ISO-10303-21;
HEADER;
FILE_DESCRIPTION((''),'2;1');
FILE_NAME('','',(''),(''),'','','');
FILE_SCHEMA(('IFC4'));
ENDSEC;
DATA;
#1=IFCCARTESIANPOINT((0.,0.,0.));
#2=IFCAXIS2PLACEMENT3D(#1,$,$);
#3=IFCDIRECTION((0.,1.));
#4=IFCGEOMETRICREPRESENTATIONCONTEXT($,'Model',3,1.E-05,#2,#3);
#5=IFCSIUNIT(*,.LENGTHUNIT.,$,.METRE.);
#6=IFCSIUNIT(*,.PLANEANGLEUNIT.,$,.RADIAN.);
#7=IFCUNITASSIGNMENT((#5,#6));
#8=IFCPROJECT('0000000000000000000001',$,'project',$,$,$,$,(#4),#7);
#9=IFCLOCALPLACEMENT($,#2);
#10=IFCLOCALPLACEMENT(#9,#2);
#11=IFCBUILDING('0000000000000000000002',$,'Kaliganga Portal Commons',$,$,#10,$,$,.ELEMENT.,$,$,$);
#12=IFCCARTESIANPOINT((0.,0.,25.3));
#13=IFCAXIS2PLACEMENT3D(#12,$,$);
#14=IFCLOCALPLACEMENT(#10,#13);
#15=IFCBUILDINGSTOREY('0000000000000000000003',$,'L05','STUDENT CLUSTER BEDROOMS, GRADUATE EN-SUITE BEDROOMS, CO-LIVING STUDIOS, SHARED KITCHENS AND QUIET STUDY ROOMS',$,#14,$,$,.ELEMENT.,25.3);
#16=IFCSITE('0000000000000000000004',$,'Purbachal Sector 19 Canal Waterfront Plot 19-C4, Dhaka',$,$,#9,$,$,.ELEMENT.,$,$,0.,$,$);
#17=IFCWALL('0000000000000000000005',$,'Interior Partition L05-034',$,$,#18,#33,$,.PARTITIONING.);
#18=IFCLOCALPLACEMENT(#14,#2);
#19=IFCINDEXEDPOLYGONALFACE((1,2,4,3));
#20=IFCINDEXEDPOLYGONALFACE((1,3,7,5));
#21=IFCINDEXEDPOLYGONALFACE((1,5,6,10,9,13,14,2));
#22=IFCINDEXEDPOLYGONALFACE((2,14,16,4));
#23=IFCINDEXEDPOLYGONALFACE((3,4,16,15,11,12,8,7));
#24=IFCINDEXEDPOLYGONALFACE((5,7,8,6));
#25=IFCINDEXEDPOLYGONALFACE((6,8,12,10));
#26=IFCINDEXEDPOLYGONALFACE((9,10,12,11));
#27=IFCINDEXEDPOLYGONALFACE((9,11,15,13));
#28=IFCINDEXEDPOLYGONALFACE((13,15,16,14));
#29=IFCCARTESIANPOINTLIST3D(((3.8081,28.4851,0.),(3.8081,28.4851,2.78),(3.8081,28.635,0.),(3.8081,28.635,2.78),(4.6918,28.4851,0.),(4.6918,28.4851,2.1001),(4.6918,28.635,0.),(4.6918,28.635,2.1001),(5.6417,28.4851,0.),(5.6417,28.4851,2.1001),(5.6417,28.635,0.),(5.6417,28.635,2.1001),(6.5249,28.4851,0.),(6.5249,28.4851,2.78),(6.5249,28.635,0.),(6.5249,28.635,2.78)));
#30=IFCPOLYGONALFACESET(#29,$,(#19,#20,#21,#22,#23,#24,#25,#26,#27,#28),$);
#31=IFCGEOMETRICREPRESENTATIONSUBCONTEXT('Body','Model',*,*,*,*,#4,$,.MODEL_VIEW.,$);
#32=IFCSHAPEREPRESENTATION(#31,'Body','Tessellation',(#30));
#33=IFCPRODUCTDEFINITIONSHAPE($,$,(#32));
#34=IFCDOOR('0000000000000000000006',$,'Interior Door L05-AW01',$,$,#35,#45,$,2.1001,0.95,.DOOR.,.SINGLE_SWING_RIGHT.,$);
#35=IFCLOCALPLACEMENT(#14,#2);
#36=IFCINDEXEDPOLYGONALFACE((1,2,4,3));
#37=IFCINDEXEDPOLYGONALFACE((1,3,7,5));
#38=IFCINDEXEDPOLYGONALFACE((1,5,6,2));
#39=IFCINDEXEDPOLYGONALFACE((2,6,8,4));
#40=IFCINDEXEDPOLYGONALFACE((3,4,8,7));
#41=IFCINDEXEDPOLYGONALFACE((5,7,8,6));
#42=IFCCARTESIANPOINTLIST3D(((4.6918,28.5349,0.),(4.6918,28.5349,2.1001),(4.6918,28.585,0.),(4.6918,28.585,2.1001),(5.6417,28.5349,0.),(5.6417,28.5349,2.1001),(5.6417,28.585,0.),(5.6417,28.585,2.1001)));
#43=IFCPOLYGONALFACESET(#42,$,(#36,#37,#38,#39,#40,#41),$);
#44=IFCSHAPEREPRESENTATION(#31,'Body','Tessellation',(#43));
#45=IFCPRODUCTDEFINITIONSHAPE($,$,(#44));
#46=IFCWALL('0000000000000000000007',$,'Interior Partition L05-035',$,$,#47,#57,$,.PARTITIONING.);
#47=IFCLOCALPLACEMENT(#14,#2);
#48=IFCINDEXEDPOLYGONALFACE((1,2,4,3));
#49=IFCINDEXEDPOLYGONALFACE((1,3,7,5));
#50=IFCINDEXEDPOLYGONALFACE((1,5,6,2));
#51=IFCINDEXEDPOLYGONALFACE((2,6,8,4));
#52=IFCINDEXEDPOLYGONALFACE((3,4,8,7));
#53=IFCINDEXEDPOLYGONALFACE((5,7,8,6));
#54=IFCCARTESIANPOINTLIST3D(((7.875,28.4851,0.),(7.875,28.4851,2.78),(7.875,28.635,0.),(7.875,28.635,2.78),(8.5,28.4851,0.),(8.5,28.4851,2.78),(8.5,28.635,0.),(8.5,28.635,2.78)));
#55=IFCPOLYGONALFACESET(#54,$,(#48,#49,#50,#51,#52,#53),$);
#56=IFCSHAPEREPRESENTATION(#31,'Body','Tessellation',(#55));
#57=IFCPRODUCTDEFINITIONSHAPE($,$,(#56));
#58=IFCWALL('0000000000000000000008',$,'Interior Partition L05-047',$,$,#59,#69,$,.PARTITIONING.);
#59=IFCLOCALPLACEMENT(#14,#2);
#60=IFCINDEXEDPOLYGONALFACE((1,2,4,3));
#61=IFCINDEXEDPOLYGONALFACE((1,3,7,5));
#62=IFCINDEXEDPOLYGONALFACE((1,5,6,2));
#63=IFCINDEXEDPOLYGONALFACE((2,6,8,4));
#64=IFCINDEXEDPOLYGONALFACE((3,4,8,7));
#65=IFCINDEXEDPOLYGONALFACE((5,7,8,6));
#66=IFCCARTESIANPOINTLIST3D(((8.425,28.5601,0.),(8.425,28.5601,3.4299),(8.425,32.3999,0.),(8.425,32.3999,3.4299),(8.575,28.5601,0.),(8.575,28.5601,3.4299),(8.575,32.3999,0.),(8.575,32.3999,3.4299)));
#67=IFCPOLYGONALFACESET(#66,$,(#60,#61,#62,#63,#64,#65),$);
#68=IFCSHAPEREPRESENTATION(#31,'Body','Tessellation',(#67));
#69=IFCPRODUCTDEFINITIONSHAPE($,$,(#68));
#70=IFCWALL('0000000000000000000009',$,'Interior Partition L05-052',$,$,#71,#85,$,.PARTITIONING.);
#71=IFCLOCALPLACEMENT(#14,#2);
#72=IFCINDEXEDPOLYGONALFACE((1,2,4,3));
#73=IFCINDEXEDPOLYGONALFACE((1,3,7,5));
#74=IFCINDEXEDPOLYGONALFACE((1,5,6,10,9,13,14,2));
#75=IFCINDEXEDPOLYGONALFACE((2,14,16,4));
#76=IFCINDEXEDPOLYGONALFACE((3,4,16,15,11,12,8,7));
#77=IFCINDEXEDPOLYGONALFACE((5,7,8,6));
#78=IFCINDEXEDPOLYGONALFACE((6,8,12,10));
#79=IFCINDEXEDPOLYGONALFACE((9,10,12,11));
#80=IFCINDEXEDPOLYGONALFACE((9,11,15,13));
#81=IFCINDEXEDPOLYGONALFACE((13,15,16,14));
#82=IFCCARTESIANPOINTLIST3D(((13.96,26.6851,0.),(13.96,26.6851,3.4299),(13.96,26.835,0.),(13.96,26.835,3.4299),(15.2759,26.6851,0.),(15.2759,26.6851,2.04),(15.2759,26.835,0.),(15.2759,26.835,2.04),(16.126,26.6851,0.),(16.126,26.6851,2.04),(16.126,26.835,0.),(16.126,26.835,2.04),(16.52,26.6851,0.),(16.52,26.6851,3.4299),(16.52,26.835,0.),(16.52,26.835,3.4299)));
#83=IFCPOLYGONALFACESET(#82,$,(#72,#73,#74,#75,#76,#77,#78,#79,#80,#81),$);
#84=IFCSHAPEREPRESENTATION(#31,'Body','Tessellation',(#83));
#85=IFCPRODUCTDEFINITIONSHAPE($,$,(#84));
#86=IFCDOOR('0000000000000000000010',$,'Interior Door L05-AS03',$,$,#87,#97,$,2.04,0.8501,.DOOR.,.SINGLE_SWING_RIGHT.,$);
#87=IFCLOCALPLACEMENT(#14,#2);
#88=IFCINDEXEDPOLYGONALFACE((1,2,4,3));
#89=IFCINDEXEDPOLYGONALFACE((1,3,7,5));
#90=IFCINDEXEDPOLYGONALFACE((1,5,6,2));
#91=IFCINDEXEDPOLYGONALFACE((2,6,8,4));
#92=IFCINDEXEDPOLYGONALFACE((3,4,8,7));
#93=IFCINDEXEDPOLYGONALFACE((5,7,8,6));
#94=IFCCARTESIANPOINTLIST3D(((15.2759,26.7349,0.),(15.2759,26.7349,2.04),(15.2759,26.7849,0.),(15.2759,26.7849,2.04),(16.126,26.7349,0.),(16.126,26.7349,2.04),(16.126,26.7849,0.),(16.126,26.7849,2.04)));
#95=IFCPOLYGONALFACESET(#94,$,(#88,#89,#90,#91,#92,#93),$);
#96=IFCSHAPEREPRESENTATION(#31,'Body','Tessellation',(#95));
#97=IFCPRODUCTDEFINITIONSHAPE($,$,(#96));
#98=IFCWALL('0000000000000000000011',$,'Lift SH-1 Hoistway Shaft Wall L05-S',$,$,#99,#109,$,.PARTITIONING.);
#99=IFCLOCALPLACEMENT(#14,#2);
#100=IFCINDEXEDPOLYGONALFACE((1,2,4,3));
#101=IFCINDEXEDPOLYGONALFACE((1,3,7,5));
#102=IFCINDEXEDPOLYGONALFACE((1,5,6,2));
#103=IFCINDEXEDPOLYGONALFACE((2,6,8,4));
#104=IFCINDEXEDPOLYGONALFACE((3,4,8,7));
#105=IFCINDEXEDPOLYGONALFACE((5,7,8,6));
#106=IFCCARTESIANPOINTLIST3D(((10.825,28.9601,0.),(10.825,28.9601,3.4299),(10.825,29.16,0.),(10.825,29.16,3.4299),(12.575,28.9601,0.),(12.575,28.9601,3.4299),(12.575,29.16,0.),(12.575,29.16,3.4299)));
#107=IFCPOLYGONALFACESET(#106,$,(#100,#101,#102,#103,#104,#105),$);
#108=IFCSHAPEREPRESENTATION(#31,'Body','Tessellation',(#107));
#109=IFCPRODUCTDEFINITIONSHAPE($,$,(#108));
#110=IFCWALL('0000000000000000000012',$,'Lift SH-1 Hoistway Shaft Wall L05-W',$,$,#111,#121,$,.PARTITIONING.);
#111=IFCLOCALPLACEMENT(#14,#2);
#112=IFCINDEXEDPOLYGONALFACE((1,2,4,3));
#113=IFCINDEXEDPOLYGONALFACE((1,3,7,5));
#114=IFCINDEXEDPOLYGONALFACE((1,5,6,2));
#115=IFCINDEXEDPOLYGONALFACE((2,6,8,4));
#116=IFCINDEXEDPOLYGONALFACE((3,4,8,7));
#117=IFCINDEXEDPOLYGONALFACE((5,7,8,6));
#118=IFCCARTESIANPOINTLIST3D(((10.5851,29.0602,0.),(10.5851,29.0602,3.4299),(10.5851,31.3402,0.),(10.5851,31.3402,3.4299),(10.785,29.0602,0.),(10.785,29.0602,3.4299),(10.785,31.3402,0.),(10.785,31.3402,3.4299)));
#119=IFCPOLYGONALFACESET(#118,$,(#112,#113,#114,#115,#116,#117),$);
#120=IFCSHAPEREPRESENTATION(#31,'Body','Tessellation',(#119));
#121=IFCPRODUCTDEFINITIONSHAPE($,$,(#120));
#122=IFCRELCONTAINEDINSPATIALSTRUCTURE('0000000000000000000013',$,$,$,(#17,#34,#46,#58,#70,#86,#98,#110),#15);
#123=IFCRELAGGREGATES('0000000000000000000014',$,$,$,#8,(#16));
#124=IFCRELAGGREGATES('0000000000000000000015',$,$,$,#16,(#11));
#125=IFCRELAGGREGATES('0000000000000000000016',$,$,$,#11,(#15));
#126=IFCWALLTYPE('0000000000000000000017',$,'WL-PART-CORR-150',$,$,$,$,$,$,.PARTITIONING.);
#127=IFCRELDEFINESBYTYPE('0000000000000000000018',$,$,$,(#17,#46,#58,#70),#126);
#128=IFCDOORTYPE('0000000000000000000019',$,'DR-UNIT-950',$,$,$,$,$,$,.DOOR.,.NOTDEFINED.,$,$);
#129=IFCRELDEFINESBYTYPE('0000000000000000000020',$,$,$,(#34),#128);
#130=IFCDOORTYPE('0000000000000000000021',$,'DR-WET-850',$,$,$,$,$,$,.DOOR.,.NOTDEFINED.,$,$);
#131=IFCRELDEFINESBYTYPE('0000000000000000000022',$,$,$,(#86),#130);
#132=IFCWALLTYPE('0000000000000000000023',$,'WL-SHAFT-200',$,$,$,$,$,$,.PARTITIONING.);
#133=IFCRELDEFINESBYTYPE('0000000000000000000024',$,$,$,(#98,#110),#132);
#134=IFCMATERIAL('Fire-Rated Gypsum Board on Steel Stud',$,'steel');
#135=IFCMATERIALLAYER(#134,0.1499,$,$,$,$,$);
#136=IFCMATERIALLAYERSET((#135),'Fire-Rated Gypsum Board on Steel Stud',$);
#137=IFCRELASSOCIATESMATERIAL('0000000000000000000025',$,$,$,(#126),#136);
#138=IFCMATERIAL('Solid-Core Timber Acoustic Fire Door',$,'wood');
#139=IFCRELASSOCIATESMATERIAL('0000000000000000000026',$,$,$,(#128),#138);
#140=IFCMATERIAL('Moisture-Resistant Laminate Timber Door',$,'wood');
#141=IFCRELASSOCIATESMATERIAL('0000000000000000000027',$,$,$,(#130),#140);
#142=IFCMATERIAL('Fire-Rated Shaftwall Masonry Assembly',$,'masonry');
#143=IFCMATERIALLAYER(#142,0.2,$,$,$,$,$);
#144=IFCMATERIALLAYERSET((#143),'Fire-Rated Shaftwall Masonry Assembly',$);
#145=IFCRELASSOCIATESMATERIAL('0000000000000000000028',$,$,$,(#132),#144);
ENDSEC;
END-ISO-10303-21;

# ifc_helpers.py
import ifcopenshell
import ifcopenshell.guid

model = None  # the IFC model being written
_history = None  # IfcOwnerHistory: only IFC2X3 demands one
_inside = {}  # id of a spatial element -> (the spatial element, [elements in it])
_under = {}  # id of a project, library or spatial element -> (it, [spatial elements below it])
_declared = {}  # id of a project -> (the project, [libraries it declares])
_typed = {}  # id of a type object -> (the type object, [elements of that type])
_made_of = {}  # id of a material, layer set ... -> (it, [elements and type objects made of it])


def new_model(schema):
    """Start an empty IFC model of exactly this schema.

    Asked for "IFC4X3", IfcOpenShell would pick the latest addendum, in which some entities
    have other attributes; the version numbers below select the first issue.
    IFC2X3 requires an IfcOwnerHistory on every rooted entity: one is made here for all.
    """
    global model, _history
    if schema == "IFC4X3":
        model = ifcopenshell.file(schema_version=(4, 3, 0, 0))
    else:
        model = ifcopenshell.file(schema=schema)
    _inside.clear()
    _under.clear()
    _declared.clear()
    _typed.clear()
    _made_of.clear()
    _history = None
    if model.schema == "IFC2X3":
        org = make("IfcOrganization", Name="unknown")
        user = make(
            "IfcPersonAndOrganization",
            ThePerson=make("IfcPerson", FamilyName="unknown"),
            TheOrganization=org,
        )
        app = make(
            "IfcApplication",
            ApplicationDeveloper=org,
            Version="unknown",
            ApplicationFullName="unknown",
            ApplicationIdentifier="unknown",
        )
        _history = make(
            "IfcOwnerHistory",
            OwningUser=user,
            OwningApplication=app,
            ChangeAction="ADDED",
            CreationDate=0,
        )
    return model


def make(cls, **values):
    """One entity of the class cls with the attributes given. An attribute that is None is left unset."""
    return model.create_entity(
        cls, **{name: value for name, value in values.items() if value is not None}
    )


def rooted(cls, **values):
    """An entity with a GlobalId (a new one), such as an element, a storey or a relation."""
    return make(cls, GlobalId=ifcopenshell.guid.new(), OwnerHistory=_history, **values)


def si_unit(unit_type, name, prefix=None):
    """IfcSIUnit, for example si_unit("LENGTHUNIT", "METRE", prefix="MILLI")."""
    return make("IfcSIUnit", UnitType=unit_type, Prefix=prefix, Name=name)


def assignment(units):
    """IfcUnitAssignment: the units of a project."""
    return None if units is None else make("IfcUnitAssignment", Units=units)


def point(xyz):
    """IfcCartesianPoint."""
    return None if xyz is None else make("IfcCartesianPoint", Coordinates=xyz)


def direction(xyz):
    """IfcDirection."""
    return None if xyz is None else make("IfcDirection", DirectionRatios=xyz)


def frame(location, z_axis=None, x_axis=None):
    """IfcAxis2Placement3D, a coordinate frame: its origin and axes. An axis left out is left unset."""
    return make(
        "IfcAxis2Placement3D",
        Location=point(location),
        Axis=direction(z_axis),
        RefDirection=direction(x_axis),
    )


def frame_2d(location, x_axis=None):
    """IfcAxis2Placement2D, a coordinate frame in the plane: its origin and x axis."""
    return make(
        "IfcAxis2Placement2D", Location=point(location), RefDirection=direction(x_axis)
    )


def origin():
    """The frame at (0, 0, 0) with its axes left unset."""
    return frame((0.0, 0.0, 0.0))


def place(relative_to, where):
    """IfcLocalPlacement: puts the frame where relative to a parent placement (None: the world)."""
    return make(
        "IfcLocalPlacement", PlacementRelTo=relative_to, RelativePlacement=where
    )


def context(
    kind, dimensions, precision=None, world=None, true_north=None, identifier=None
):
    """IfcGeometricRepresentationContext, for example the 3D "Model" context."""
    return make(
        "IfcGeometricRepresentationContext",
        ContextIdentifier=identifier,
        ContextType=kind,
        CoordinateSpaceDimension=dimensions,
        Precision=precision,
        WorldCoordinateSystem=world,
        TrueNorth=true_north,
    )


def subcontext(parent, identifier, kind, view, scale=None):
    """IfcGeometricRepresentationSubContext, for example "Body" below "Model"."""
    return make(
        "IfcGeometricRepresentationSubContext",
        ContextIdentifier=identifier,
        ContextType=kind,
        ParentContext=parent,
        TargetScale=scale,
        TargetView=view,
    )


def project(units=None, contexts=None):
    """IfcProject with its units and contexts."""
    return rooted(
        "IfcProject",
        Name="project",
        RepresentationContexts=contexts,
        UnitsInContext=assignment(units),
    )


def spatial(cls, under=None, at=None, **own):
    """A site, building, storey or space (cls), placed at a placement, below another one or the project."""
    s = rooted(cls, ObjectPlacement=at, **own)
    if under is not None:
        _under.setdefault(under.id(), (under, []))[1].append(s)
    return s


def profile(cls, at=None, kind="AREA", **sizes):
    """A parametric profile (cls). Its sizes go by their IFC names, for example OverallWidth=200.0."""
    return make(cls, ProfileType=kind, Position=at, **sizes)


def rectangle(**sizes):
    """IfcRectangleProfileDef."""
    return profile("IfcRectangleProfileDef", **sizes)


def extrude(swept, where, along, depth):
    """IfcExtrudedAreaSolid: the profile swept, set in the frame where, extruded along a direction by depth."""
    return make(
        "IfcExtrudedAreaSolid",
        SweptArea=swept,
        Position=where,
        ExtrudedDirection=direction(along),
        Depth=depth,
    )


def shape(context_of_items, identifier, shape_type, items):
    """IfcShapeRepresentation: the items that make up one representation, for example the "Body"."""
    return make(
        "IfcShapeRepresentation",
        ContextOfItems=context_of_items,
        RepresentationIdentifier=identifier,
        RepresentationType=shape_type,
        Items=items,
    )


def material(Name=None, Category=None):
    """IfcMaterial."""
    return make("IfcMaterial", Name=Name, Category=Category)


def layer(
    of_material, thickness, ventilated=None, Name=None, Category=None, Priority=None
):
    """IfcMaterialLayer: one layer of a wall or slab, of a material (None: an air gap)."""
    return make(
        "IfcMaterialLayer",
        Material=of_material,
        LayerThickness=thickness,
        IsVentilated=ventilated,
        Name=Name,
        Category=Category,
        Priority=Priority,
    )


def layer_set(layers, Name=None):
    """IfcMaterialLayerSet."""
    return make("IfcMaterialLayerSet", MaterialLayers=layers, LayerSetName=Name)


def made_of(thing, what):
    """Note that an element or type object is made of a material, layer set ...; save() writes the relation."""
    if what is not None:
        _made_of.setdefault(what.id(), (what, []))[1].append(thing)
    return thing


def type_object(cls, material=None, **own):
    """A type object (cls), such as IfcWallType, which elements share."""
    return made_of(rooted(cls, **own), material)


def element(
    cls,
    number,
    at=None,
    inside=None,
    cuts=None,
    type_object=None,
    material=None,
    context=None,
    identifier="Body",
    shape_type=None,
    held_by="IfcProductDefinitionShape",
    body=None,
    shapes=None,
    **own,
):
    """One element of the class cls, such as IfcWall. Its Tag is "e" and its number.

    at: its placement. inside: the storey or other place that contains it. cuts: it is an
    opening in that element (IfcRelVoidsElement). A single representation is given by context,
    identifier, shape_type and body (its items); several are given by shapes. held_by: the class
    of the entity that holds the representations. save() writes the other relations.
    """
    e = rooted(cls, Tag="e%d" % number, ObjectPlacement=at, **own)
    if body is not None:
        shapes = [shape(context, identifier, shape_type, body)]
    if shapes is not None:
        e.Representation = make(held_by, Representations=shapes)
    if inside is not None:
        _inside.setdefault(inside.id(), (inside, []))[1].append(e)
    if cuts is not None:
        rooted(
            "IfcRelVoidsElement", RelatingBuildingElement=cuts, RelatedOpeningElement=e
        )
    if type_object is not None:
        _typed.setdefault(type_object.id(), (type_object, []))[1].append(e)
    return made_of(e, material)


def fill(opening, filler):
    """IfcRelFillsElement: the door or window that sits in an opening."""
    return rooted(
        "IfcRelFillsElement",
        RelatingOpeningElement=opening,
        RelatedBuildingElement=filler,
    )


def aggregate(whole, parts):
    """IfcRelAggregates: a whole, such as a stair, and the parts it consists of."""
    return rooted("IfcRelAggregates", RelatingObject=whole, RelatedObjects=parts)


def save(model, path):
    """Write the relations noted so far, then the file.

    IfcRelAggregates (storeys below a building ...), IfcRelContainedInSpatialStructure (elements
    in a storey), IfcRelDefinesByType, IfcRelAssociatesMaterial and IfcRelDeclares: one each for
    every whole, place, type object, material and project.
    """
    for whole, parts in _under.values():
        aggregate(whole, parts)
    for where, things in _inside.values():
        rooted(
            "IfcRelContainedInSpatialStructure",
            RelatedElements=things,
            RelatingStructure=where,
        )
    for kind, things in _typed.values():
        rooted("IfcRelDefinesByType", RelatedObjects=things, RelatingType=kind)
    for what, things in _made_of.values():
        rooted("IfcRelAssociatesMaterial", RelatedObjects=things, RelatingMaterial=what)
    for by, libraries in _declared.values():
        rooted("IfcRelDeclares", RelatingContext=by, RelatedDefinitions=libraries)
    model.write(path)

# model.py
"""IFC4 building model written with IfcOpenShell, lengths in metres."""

from ifc_helpers import new_model, si_unit, direction, frame, frame_2d, origin, place, context, subcontext, project, spatial, rectangle, extrude, material, layer, layer_set, type_object, element, fill, save


model = new_model("IFC4")

# Units and contexts
model_context = context("Model", 3, precision=1e-05, world=origin(), true_north=direction((0.0, 1.0)))
body_context = subcontext(model_context, "Body", "Model", "MODEL_VIEW")
ifc_project = project(units=[si_unit("LENGTHUNIT", "METRE"), si_unit("PLANEANGLEUNIT", "RADIAN")], contexts=[model_context])

# Site, building, storey
site_placement = place(None, origin())
site = spatial("IfcSite", under=ifc_project, at=site_placement, Name="Purbachal Sector 19 Canal Waterfront Plot 19-C4, Dhaka", CompositionType="ELEMENT", RefElevation=0.0)
building_placement = place(site_placement, origin())
building = spatial("IfcBuilding", under=site, at=building_placement, Name="Kaliganga Portal Commons", CompositionType="ELEMENT")
storey_placement = place(building_placement, frame((0.0, 0.0, 25.3)))
storey = spatial("IfcBuildingStorey", under=building, at=storey_placement, Name="L05", Description="STUDENT CLUSTER BEDROOMS, GRADUATE EN-SUITE BEDROOMS, CO-LIVING STUDIOS, SHARED KITCHENS AND QUIET STUDY ROOMS", CompositionType="ELEMENT", Elevation=25.3)

# Wall, opening, door
ifc_material_1 = material(Name="Fire-Rated Gypsum Board on Steel Stud", Category="steel")
ifc_layer_1 = layer(ifc_material_1, 0.1499)
ifc_layer_set_1 = layer_set([ifc_layer_1], Name="Fire-Rated Gypsum Board on Steel Stud")
wall_type_1 = type_object("IfcWallType", Name="WL-PART-CORR-150", PredefinedType="PARTITIONING", material=ifc_layer_set_1)
ifc_material_2 = material(Name="Solid-Core Timber Acoustic Fire Door", Category="wood")
door_type_1 = type_object("IfcDoorType", Name="DR-UNIT-950", OperationType="NOTDEFINED", PredefinedType="DOOR", material=ifc_material_2)
wall_1_placement = place(storey_placement, frame((3.8081, 28.5601, 0.0), z_axis=(0.0, 0.0, 1.0), x_axis=(1.0, 0.0, 0.0)))
wall_1 = element("IfcWall", 1, at=wall_1_placement, inside=storey, type_object=wall_type_1, Name="Interior Partition L05-034", PredefinedType="PARTITIONING", context=body_context, shape_type="SweptSolid", body=[
    extrude(rectangle(XDim=2.7168, YDim=0.1499, at=frame_2d((1.3584, 0.0))), origin(), (0.0, 0.0, 1.0), 2.78),
])
opening_1_placement = place(wall_1_placement, frame((0.8835, 0.0, 0.0)))
opening_1 = element("IfcOpeningElement", 2, at=opening_1_placement, cuts=wall_1, PredefinedType="OPENING", context=body_context, shape_type="SweptSolid", body=[
    extrude(rectangle(XDim=0.95, YDim=2.1001, at=frame_2d((0.4751, 1.05))), frame((0.0, 0.085, 0.0), z_axis=(0.0, -1.0, 0.0), x_axis=(1.0, 0.0, 0.0)), (0.0, 0.0, 1.0), 0.1699),
])
door_1_placement = place(opening_1_placement, origin())
door_1 = element("IfcDoor", 3, at=door_1_placement, inside=storey, type_object=door_type_1, Name="Interior Door L05-AW01", OperationType="SINGLE_SWING_RIGHT", OverallHeight=2.1001, OverallWidth=0.95, PredefinedType="DOOR", context=body_context, shape_type="SweptSolid", body=[
    extrude(rectangle(XDim=0.95, YDim=2.1001, at=frame_2d((0.4751, 1.05))), frame((0.0, 0.0249, 0.0), z_axis=(0.0, -1.0, 0.0), x_axis=(1.0, 0.0, 0.0)), (0.0, 0.0, 1.0), 0.05),
])
fill(opening_1, door_1)

# Walls
wall_2_placement = place(storey_placement, frame((7.875, 28.5601, 0.0), z_axis=(0.0, 0.0, 1.0), x_axis=(1.0, 0.0, 0.0)))
element("IfcWall", 4, at=wall_2_placement, inside=storey, type_object=wall_type_1, Name="Interior Partition L05-035", PredefinedType="PARTITIONING", context=body_context, shape_type="SweptSolid", body=[
    extrude(rectangle(XDim=0.625, YDim=0.1499, at=frame_2d((0.3125, 0.0))), origin(), (0.0, 0.0, 1.0), 2.78),
])
wall_3_placement = place(storey_placement, frame((8.5, 28.5601, 0.0), z_axis=(0.0, 0.0, 1.0), x_axis=(0.0, 1.0, 0.0)))
element("IfcWall", 5, at=wall_3_placement, inside=storey, type_object=wall_type_1, Name="Interior Partition L05-047", PredefinedType="PARTITIONING", context=body_context, shape_type="SweptSolid", body=[
    extrude(rectangle(XDim=3.8398, YDim=0.1499, at=frame_2d((1.9199, 0.0))), origin(), (0.0, 0.0, 1.0), 3.4299),
])

# Wall, opening, door
wall_4_placement = place(storey_placement, frame((13.96, 26.76, 0.0), z_axis=(0.0, 0.0, 1.0), x_axis=(1.0, 0.0, 0.0)))
wall_4 = element("IfcWall", 6, at=wall_4_placement, inside=storey, type_object=wall_type_1, Name="Interior Partition L05-052", PredefinedType="PARTITIONING", context=body_context, shape_type="SweptSolid", body=[
    extrude(rectangle(XDim=2.5601, YDim=0.1499, at=frame_2d((1.28, 0.0))), origin(), (0.0, 0.0, 1.0), 3.4299),
])
opening_2_placement = place(wall_4_placement, frame((1.3159, 0.0, 0.0)))
opening_2 = element("IfcOpeningElement", 7, at=opening_2_placement, cuts=wall_4, PredefinedType="OPENING", context=body_context, shape_type="SweptSolid", body=[
    extrude(rectangle(XDim=0.8501, YDim=2.04, at=frame_2d((0.425, 1.02))), frame((0.0, 0.085, 0.0), z_axis=(0.0, -1.0, 0.0), x_axis=(1.0, 0.0, 0.0)), (0.0, 0.0, 1.0), 0.1699),
])
ifc_material_3 = material(Name="Moisture-Resistant Laminate Timber Door", Category="wood")
door_type_2 = type_object("IfcDoorType", Name="DR-WET-850", OperationType="NOTDEFINED", PredefinedType="DOOR", material=ifc_material_3)
door_2_placement = place(opening_2_placement, origin())
door_2 = element("IfcDoor", 8, at=door_2_placement, inside=storey, type_object=door_type_2, Name="Interior Door L05-AS03", OperationType="SINGLE_SWING_RIGHT", OverallHeight=2.04, OverallWidth=0.8501, PredefinedType="DOOR", context=body_context, shape_type="SweptSolid", body=[
    extrude(rectangle(XDim=0.8501, YDim=2.04, at=frame_2d((0.425, 1.02))), frame((0.0, 0.0249, 0.0), z_axis=(0.0, -1.0, 0.0), x_axis=(1.0, 0.0, 0.0)), (0.0, 0.0, 1.0), 0.05),
])
fill(opening_2, door_2)

# Walls
ifc_material_4 = material(Name="Fire-Rated Shaftwall Masonry Assembly", Category="masonry")
ifc_layer_2 = layer(ifc_material_4, 0.2)
ifc_layer_set_2 = layer_set([ifc_layer_2], Name="Fire-Rated Shaftwall Masonry Assembly")
wall_type_2 = type_object("IfcWallType", Name="WL-SHAFT-200", PredefinedType="PARTITIONING", material=ifc_layer_set_2)
wall_5_placement = place(storey_placement, frame((10.825, 29.0601, 0.0), z_axis=(0.0, 0.0, 1.0), x_axis=(1.0, 0.0, 0.0)))
element("IfcWall", 9, at=wall_5_placement, inside=storey, type_object=wall_type_2, Name="Lift SH-1 Hoistway Shaft Wall L05-S", PredefinedType="PARTITIONING", context=body_context, shape_type="SweptSolid", body=[
    extrude(rectangle(XDim=1.75, YDim=0.2, at=frame_2d((0.875, 0.0))), origin(), (0.0, 0.0, 1.0), 3.4299),
])
wall_6_placement = place(storey_placement, frame((10.6851, 29.0601, 0.0), z_axis=(0.0, 0.0, 1.0), x_axis=(0.0, 1.0, 0.0)))
element("IfcWall", 10, at=wall_6_placement, inside=storey, type_object=wall_type_2, Name="Lift SH-1 Hoistway Shaft Wall L05-W", PredefinedType="PARTITIONING", context=body_context, shape_type="SweptSolid", body=[
    extrude(rectangle(XDim=2.28, YDim=0.2, at=frame_2d((1.1401, 0.0))), origin(), (0.0, 0.0, 1.0), 3.4299),
])

save(model, "model.ifc")
